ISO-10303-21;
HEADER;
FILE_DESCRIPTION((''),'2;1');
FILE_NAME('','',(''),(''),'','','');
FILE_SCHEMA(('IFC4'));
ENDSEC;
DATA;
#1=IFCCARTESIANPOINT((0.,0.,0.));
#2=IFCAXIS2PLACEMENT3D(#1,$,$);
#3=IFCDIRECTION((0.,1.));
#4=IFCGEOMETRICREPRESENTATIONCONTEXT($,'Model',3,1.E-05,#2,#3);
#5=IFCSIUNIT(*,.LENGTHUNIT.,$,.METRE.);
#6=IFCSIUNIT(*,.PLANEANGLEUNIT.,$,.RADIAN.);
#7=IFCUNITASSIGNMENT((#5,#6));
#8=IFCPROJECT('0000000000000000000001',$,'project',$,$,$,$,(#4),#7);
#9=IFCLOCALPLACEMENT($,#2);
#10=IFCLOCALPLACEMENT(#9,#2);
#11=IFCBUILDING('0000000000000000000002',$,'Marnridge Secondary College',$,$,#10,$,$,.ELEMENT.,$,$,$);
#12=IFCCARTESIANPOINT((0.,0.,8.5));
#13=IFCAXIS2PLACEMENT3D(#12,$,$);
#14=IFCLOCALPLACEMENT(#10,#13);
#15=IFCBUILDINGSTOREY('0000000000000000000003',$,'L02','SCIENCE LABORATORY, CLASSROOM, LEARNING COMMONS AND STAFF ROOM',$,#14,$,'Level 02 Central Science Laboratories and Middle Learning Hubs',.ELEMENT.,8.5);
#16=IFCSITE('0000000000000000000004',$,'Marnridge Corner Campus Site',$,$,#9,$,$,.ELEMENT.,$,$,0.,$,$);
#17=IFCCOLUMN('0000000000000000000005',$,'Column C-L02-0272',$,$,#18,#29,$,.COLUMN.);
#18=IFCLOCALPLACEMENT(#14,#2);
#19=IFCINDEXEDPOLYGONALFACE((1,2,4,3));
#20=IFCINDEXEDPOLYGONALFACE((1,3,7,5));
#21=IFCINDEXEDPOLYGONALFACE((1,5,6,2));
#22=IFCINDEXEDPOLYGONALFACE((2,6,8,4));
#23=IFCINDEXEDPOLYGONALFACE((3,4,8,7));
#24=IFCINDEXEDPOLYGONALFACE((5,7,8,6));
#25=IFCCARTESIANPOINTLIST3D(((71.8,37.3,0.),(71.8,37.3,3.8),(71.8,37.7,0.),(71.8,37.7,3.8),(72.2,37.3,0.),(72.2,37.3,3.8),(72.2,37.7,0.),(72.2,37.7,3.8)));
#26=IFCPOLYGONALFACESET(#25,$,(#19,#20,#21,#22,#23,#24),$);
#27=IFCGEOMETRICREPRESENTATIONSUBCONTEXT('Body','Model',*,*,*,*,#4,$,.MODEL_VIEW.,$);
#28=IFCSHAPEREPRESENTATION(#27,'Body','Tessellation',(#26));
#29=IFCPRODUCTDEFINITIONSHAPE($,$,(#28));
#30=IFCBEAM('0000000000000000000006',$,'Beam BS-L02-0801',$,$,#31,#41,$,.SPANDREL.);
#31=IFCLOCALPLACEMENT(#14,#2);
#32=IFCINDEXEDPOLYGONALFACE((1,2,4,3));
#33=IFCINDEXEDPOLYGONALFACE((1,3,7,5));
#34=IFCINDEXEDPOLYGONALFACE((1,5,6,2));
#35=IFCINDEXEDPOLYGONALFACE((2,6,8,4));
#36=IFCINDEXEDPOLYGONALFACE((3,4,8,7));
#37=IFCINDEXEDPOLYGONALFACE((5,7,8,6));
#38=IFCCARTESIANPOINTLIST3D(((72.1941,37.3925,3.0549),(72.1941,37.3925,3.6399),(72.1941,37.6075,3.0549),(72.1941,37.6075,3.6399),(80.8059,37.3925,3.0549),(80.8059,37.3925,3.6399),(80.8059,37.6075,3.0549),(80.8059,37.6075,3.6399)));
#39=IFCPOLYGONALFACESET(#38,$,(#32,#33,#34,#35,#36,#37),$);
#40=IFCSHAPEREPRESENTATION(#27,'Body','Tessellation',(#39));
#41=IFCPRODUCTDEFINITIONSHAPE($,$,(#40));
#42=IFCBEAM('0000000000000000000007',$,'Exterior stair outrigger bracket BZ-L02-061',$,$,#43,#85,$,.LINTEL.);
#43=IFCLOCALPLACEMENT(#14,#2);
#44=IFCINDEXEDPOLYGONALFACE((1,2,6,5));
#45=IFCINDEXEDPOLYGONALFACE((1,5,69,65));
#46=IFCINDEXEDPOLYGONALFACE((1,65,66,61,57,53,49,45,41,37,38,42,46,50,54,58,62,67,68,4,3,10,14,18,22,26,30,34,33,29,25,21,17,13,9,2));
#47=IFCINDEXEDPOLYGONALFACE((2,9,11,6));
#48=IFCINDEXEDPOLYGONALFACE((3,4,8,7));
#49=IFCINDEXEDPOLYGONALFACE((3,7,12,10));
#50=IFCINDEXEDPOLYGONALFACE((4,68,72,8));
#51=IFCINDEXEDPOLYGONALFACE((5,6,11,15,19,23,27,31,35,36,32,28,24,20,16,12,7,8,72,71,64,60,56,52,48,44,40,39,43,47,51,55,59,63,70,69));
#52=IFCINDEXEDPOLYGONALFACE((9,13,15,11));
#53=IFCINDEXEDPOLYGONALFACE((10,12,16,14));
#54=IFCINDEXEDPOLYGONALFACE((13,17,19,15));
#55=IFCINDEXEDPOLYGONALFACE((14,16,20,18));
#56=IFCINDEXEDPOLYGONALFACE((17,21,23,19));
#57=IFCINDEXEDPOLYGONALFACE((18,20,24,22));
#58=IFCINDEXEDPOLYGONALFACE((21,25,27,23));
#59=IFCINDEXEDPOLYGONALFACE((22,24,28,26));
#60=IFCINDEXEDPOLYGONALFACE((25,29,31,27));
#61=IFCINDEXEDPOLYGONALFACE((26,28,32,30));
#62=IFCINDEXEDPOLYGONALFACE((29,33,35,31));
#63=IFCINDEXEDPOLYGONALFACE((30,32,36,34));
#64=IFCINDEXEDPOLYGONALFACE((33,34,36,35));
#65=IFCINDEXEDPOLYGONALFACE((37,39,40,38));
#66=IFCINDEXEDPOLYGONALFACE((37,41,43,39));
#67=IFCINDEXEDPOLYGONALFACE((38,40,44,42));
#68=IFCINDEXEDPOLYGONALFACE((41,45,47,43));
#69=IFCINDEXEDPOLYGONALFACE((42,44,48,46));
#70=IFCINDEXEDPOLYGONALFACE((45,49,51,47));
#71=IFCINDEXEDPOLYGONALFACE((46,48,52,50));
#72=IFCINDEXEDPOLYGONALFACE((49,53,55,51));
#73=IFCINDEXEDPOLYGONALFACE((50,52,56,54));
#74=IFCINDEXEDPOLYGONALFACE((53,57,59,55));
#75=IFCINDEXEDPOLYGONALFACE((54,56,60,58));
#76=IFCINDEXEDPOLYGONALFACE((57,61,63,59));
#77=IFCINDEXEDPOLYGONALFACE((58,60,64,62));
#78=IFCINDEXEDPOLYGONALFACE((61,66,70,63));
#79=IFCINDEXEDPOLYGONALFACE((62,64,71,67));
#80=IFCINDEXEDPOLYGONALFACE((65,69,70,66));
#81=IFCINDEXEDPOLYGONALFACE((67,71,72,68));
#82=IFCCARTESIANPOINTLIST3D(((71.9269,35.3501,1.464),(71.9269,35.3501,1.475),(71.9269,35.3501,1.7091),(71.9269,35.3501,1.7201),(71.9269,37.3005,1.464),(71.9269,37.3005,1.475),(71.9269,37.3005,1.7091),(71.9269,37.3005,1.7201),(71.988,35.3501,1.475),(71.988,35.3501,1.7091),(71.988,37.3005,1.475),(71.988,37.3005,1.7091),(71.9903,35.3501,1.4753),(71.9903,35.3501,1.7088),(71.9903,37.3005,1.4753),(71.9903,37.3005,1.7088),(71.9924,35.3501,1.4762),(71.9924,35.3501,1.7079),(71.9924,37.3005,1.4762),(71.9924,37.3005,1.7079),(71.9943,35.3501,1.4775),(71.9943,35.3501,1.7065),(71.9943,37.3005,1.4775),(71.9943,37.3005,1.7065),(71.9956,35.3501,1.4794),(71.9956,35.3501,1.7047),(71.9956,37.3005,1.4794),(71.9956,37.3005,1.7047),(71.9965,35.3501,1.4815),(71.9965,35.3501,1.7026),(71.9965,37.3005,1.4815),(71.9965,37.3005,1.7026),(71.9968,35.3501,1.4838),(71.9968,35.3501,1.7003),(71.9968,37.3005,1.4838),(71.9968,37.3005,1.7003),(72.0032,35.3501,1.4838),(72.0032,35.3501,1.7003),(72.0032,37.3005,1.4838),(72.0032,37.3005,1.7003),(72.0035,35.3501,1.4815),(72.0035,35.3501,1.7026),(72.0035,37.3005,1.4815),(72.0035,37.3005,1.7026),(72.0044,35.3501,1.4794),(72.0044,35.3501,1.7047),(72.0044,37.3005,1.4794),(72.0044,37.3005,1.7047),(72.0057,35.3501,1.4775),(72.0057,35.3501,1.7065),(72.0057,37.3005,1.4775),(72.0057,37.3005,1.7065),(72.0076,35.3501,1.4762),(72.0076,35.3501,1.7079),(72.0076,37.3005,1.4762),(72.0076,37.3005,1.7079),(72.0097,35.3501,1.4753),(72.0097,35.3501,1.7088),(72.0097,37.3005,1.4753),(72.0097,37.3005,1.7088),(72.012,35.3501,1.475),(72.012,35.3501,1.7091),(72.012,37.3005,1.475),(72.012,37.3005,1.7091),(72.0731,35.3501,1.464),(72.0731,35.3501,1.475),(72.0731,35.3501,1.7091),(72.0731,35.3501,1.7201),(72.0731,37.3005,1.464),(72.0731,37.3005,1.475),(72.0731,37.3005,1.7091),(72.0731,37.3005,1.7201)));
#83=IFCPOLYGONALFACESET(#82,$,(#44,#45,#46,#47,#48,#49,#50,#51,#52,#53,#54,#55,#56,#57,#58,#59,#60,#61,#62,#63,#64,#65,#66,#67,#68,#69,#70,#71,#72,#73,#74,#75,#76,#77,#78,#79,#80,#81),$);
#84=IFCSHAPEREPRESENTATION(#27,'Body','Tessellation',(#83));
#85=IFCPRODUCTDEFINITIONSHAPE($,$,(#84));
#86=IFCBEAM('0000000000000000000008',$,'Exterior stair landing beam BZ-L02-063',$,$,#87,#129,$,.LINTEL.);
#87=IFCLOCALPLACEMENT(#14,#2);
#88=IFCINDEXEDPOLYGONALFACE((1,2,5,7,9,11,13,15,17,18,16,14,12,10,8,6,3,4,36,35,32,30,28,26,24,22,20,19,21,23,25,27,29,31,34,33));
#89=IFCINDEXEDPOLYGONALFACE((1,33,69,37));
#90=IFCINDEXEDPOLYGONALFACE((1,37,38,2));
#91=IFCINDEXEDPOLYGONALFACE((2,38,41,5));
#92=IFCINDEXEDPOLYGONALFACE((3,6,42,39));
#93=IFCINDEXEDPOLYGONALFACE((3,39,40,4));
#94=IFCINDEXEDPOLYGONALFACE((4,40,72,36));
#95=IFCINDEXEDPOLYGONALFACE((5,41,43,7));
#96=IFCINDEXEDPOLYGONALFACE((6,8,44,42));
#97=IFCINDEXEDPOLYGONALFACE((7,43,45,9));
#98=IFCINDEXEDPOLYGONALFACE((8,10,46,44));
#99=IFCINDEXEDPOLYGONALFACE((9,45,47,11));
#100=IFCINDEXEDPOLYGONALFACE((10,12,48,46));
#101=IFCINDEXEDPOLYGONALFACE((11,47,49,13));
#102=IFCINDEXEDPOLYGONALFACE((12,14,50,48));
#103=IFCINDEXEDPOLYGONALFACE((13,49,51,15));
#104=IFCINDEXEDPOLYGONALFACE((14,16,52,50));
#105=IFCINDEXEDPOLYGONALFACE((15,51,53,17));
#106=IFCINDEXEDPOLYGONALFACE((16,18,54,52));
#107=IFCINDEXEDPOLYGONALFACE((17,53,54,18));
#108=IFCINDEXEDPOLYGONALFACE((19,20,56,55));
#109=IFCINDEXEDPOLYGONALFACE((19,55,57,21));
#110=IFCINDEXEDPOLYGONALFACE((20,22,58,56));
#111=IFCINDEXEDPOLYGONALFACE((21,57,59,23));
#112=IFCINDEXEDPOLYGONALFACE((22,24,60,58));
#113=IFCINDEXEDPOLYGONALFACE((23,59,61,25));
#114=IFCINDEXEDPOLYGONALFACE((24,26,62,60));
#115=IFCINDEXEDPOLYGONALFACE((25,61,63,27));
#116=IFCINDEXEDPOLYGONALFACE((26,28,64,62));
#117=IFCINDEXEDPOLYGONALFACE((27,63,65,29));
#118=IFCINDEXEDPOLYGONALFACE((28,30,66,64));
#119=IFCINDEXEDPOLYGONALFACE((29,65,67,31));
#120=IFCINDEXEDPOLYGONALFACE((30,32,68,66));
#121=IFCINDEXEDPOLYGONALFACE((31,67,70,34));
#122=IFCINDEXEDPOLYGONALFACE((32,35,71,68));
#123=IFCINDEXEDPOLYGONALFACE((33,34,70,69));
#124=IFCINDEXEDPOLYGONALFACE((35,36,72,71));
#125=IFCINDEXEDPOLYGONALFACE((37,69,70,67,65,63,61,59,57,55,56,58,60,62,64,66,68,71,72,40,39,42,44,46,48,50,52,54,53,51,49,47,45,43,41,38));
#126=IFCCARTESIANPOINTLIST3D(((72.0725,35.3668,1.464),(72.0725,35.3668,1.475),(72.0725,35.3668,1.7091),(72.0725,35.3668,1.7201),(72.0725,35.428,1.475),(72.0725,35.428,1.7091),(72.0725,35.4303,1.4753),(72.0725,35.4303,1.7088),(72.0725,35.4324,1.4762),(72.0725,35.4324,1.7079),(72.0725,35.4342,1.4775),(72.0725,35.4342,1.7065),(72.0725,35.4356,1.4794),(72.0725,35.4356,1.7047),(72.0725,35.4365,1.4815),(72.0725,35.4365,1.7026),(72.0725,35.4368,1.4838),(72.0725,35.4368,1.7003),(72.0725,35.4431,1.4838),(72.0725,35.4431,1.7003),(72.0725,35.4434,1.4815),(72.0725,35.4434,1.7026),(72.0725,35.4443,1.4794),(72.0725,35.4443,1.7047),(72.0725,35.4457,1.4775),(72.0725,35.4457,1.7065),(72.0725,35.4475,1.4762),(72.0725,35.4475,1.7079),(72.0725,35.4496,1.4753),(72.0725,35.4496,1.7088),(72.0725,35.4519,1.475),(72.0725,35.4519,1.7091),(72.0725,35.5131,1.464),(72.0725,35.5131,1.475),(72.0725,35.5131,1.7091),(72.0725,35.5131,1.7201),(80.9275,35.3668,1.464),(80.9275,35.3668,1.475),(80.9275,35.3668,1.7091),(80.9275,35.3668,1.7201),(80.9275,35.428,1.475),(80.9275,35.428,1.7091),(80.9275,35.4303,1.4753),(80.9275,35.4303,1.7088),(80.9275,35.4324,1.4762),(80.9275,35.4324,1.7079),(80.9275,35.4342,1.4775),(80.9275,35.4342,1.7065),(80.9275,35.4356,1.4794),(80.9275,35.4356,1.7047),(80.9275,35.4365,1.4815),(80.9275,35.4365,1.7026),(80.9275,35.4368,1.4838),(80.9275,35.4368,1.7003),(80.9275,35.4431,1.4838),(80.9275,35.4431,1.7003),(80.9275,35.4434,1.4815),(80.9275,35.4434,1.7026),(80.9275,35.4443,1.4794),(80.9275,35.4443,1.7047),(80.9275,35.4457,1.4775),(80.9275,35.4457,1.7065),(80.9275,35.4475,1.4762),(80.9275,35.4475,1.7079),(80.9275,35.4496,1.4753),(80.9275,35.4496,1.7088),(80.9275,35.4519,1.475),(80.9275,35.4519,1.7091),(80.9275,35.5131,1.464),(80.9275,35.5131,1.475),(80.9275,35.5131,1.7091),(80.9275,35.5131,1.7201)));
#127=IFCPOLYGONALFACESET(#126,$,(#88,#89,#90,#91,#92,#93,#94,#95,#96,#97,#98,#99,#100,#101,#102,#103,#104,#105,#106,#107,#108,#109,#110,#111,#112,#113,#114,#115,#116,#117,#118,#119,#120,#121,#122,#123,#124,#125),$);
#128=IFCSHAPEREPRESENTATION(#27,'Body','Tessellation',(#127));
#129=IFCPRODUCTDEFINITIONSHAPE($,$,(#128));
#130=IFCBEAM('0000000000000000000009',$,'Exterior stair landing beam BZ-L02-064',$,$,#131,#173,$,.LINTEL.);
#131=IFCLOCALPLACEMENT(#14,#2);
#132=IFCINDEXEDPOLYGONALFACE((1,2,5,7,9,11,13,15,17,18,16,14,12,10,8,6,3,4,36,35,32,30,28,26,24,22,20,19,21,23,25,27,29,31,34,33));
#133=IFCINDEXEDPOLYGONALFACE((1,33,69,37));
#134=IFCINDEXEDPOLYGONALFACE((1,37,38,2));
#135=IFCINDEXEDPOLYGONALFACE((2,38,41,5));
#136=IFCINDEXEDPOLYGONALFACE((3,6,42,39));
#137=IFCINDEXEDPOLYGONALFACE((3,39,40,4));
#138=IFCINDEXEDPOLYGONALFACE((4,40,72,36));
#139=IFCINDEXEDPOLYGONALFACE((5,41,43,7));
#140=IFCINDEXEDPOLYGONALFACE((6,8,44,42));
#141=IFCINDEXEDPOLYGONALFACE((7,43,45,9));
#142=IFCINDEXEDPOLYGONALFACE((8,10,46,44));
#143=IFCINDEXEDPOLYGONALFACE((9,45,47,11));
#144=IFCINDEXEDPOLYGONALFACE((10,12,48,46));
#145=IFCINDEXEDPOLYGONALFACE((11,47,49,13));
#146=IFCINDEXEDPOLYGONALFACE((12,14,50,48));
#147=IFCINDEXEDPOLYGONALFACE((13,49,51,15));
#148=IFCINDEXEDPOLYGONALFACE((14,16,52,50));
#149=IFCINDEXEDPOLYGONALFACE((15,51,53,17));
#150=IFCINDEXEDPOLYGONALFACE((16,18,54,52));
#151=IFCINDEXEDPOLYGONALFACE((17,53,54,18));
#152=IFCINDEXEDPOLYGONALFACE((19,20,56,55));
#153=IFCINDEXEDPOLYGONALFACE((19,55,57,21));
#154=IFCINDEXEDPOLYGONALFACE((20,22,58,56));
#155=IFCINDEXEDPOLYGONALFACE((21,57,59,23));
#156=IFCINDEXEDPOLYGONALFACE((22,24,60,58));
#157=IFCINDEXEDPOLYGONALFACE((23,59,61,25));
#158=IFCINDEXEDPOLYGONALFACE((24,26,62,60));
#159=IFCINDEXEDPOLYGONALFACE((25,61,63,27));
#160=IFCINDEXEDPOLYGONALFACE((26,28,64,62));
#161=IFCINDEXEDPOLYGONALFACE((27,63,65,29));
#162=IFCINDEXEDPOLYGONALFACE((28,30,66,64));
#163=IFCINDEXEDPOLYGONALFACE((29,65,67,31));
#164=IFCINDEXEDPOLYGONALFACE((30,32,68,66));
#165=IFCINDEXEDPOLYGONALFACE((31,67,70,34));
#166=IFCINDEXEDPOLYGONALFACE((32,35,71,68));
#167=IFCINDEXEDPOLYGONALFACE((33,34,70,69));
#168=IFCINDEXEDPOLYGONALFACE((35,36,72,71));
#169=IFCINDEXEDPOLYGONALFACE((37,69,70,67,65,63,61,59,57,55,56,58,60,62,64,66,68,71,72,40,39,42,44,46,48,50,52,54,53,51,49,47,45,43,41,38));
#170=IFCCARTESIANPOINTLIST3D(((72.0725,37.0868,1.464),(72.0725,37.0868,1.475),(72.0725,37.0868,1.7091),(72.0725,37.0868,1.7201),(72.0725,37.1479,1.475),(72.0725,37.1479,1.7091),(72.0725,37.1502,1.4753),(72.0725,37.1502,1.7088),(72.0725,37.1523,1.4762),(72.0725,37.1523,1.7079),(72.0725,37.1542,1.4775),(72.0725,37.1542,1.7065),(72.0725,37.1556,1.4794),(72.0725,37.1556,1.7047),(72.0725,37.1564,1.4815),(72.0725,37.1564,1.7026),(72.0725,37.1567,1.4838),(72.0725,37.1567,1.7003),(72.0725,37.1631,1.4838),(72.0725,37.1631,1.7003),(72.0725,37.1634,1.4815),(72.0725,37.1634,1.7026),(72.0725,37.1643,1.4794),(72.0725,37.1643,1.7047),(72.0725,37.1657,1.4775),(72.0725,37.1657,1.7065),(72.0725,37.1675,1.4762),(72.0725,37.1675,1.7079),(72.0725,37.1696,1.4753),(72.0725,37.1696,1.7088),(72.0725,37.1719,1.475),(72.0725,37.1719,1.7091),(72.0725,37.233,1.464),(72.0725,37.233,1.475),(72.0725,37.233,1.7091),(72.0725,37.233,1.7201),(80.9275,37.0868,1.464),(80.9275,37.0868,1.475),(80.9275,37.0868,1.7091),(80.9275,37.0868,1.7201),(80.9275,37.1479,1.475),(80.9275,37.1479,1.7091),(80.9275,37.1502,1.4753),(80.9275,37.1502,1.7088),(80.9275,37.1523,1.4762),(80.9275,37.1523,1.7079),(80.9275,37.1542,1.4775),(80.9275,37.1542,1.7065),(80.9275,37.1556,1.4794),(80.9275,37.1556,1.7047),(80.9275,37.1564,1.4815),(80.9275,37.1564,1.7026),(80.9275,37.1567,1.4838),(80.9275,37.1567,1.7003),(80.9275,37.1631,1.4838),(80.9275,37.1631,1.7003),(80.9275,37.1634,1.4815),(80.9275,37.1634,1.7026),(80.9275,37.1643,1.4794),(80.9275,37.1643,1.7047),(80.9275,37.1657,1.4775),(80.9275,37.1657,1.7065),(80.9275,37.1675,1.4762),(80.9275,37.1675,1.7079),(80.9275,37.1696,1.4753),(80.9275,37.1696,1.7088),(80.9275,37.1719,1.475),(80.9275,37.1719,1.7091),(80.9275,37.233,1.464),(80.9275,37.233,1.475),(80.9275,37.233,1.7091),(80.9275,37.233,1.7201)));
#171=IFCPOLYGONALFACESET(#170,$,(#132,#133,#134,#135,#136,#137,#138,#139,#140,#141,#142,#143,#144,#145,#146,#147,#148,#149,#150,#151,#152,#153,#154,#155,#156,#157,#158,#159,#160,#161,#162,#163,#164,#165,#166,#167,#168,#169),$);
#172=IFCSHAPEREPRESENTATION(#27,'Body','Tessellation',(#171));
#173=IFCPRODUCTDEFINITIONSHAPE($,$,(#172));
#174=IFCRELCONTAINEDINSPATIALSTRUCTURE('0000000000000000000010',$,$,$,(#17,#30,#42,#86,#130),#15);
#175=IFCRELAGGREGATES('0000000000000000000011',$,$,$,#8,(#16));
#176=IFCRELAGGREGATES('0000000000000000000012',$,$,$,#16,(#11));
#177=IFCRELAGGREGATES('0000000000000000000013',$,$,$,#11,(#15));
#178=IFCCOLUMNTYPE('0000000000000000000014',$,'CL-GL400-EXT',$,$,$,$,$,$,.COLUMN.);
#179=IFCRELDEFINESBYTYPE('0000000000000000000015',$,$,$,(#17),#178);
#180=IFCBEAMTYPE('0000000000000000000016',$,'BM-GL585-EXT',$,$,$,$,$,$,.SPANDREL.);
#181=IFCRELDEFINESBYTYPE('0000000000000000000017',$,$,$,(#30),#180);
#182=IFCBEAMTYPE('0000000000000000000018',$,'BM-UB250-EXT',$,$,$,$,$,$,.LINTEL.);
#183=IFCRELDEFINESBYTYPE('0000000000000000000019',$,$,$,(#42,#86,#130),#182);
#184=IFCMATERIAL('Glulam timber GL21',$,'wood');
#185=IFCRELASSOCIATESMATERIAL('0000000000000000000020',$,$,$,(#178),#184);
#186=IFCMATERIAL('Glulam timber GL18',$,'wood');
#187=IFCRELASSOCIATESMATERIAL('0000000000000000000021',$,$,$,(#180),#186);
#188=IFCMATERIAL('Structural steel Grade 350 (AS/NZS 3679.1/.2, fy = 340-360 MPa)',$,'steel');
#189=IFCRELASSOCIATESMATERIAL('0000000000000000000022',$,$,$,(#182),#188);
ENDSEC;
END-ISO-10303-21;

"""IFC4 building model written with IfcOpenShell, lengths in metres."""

from ifc_helpers import new_model, si_unit, direction, frame, origin, origin_2d, place, context, subcontext, project, spatial, rectangle, i_section, extrude, material, material_profile, profile_set, type_object, element, save


model = new_model("IFC4")

# Units and contexts
model_context = context("Model", 3, precision=1e-05, world=origin(), true_north=direction((0.0, 1.0)))
body_context = subcontext(model_context, "Body", "Model", "MODEL_VIEW")
ifc_project = project(units=[si_unit("LENGTHUNIT", "METRE"), si_unit("PLANEANGLEUNIT", "RADIAN")], contexts=[model_context])

# Site, building, storey
site_placement = place(None, origin())
site = spatial("IfcSite", under=ifc_project, at=site_placement, Name="Marnridge Corner Campus Site", CompositionType="ELEMENT", RefElevation=0.0)
building_placement = place(site_placement, origin())
building = spatial("IfcBuilding", under=site, at=building_placement, Name="Marnridge Secondary College", CompositionType="ELEMENT")
storey_placement = place(building_placement, frame((0.0, 0.0, 8.5)))
storey = spatial("IfcBuildingStorey", under=building, at=storey_placement, Name="L02", Description="SCIENCE LABORATORY, CLASSROOM, LEARNING COMMONS AND STAFF ROOM", LongName="Level 02 Central Science Laboratories and Middle Learning Hubs", CompositionType="ELEMENT", Elevation=8.5)

# Column
ifc_material_1 = material(Name="Glulam timber GL21", Category="wood")
ifc_material_profile_1 = material_profile(ifc_material_1, rectangle(XDim=0.3999, YDim=0.3999, at=origin_2d()), Name="GL21 400x400")
ifc_profile_set_1 = profile_set([ifc_material_profile_1], Name="Glulam timber GL21")
column_type = type_object("IfcColumnType", Name="CL-GL400-EXT", PredefinedType="COLUMN", material=ifc_profile_set_1)
column_placement = place(storey_placement, frame((72.0, 37.5, 0.0), z_axis=(0.0, 0.0, 1.0), x_axis=(1.0, 0.0, 0.0)))
element("IfcColumn", 1, at=column_placement, inside=storey, type_object=column_type, Name="Column C-L02-0272", PredefinedType="COLUMN", context=body_context, shape_type="SweptSolid", body=[
    extrude(rectangle(XDim=0.3999, YDim=0.3999, at=origin_2d()), origin(), (0.0, 0.0, 1.0), 3.8),
])

# Beams
ifc_material_2 = material(Name="Glulam timber GL18", Category="wood")
ifc_material_profile_2 = material_profile(ifc_material_2, rectangle(XDim=0.2151, YDim=0.585, at=origin_2d()), Name="GL18 215x585")
ifc_profile_set_2 = profile_set([ifc_material_profile_2], Name="Glulam timber GL18")
beam_type_1 = type_object("IfcBeamType", Name="BM-GL585-EXT", PredefinedType="SPANDREL", material=ifc_profile_set_2)
beam_1_placement = place(storey_placement, frame((72.1941, 37.5, 3.3474), z_axis=(1.0, 0.0, 0.0), x_axis=(0.0, 1.0, 0.0)))
element("IfcBeam", 2, at=beam_1_placement, inside=storey, type_object=beam_type_1, Name="Beam BS-L02-0801", PredefinedType="SPANDREL", context=body_context, shape_type="SweptSolid", body=[
    extrude(rectangle(XDim=0.2151, YDim=0.585, at=origin_2d()), origin(), (0.0, 0.0, 1.0), 8.6118),
])
ifc_material_3 = material(Name="Structural steel Grade 350 (AS/NZS 3679.1/.2, fy = 340-360 MPa)", Category="steel")
ifc_material_profile_3 = material_profile(ifc_material_3, i_section(OverallWidth=0.1462, OverallDepth=0.2561, WebThickness=0.0063, FlangeThickness=0.011, FilletRadius=0.0088, at=origin_2d()), Name="250UB37.3")
ifc_profile_set_3 = profile_set([ifc_material_profile_3], Name="Structural steel Grade 350 (AS/NZS 3679.1/.2, fy = 340-360 MPa)")
beam_type_2 = type_object("IfcBeamType", Name="BM-UB250-EXT", PredefinedType="LINTEL", material=ifc_profile_set_3)
beam_2_placement = place(storey_placement, frame((72.0, 37.3005, 1.592), z_axis=(0.0, -1.0, 0.0), x_axis=(1.0, 0.0, 0.0)))
element("IfcBeam", 3, at=beam_2_placement, inside=storey, type_object=beam_type_2, Name="Exterior stair outrigger bracket BZ-L02-061", PredefinedType="LINTEL", context=body_context, shape_type="SweptSolid", body=[
    extrude(i_section(OverallWidth=0.1462, OverallDepth=0.2561, WebThickness=0.0063, FlangeThickness=0.011, FilletRadius=0.0088, at=origin_2d()), origin(), (0.0, 0.0, 1.0), 1.9504),
])
for number, where, z_axis, x_axis, name in (
    (4, (72.0725, 35.4399, 1.592), (1.0, 0.0, 0.0), (0.0, 1.0, 0.0), "Exterior stair landing beam BZ-L02-063"),
    (5, (72.0725, 37.1599, 1.592), (1.0, 0.0, 0.0), (0.0, 1.0, 0.0), "Exterior stair landing beam BZ-L02-064"),
):
    element("IfcBeam", number, at=place(storey_placement, frame(where, z_axis=z_axis, x_axis=x_axis)), inside=storey, type_object=beam_type_2, Name=name, PredefinedType="LINTEL", context=body_context, shape_type="SweptSolid", body=[
        extrude(i_section(OverallWidth=0.1462, OverallDepth=0.2561, WebThickness=0.0063, FlangeThickness=0.011, FilletRadius=0.0088, at=origin_2d()), origin(), (0.0, 0.0, 1.0), 8.855),
    ])

save(model, "model.ifc")
